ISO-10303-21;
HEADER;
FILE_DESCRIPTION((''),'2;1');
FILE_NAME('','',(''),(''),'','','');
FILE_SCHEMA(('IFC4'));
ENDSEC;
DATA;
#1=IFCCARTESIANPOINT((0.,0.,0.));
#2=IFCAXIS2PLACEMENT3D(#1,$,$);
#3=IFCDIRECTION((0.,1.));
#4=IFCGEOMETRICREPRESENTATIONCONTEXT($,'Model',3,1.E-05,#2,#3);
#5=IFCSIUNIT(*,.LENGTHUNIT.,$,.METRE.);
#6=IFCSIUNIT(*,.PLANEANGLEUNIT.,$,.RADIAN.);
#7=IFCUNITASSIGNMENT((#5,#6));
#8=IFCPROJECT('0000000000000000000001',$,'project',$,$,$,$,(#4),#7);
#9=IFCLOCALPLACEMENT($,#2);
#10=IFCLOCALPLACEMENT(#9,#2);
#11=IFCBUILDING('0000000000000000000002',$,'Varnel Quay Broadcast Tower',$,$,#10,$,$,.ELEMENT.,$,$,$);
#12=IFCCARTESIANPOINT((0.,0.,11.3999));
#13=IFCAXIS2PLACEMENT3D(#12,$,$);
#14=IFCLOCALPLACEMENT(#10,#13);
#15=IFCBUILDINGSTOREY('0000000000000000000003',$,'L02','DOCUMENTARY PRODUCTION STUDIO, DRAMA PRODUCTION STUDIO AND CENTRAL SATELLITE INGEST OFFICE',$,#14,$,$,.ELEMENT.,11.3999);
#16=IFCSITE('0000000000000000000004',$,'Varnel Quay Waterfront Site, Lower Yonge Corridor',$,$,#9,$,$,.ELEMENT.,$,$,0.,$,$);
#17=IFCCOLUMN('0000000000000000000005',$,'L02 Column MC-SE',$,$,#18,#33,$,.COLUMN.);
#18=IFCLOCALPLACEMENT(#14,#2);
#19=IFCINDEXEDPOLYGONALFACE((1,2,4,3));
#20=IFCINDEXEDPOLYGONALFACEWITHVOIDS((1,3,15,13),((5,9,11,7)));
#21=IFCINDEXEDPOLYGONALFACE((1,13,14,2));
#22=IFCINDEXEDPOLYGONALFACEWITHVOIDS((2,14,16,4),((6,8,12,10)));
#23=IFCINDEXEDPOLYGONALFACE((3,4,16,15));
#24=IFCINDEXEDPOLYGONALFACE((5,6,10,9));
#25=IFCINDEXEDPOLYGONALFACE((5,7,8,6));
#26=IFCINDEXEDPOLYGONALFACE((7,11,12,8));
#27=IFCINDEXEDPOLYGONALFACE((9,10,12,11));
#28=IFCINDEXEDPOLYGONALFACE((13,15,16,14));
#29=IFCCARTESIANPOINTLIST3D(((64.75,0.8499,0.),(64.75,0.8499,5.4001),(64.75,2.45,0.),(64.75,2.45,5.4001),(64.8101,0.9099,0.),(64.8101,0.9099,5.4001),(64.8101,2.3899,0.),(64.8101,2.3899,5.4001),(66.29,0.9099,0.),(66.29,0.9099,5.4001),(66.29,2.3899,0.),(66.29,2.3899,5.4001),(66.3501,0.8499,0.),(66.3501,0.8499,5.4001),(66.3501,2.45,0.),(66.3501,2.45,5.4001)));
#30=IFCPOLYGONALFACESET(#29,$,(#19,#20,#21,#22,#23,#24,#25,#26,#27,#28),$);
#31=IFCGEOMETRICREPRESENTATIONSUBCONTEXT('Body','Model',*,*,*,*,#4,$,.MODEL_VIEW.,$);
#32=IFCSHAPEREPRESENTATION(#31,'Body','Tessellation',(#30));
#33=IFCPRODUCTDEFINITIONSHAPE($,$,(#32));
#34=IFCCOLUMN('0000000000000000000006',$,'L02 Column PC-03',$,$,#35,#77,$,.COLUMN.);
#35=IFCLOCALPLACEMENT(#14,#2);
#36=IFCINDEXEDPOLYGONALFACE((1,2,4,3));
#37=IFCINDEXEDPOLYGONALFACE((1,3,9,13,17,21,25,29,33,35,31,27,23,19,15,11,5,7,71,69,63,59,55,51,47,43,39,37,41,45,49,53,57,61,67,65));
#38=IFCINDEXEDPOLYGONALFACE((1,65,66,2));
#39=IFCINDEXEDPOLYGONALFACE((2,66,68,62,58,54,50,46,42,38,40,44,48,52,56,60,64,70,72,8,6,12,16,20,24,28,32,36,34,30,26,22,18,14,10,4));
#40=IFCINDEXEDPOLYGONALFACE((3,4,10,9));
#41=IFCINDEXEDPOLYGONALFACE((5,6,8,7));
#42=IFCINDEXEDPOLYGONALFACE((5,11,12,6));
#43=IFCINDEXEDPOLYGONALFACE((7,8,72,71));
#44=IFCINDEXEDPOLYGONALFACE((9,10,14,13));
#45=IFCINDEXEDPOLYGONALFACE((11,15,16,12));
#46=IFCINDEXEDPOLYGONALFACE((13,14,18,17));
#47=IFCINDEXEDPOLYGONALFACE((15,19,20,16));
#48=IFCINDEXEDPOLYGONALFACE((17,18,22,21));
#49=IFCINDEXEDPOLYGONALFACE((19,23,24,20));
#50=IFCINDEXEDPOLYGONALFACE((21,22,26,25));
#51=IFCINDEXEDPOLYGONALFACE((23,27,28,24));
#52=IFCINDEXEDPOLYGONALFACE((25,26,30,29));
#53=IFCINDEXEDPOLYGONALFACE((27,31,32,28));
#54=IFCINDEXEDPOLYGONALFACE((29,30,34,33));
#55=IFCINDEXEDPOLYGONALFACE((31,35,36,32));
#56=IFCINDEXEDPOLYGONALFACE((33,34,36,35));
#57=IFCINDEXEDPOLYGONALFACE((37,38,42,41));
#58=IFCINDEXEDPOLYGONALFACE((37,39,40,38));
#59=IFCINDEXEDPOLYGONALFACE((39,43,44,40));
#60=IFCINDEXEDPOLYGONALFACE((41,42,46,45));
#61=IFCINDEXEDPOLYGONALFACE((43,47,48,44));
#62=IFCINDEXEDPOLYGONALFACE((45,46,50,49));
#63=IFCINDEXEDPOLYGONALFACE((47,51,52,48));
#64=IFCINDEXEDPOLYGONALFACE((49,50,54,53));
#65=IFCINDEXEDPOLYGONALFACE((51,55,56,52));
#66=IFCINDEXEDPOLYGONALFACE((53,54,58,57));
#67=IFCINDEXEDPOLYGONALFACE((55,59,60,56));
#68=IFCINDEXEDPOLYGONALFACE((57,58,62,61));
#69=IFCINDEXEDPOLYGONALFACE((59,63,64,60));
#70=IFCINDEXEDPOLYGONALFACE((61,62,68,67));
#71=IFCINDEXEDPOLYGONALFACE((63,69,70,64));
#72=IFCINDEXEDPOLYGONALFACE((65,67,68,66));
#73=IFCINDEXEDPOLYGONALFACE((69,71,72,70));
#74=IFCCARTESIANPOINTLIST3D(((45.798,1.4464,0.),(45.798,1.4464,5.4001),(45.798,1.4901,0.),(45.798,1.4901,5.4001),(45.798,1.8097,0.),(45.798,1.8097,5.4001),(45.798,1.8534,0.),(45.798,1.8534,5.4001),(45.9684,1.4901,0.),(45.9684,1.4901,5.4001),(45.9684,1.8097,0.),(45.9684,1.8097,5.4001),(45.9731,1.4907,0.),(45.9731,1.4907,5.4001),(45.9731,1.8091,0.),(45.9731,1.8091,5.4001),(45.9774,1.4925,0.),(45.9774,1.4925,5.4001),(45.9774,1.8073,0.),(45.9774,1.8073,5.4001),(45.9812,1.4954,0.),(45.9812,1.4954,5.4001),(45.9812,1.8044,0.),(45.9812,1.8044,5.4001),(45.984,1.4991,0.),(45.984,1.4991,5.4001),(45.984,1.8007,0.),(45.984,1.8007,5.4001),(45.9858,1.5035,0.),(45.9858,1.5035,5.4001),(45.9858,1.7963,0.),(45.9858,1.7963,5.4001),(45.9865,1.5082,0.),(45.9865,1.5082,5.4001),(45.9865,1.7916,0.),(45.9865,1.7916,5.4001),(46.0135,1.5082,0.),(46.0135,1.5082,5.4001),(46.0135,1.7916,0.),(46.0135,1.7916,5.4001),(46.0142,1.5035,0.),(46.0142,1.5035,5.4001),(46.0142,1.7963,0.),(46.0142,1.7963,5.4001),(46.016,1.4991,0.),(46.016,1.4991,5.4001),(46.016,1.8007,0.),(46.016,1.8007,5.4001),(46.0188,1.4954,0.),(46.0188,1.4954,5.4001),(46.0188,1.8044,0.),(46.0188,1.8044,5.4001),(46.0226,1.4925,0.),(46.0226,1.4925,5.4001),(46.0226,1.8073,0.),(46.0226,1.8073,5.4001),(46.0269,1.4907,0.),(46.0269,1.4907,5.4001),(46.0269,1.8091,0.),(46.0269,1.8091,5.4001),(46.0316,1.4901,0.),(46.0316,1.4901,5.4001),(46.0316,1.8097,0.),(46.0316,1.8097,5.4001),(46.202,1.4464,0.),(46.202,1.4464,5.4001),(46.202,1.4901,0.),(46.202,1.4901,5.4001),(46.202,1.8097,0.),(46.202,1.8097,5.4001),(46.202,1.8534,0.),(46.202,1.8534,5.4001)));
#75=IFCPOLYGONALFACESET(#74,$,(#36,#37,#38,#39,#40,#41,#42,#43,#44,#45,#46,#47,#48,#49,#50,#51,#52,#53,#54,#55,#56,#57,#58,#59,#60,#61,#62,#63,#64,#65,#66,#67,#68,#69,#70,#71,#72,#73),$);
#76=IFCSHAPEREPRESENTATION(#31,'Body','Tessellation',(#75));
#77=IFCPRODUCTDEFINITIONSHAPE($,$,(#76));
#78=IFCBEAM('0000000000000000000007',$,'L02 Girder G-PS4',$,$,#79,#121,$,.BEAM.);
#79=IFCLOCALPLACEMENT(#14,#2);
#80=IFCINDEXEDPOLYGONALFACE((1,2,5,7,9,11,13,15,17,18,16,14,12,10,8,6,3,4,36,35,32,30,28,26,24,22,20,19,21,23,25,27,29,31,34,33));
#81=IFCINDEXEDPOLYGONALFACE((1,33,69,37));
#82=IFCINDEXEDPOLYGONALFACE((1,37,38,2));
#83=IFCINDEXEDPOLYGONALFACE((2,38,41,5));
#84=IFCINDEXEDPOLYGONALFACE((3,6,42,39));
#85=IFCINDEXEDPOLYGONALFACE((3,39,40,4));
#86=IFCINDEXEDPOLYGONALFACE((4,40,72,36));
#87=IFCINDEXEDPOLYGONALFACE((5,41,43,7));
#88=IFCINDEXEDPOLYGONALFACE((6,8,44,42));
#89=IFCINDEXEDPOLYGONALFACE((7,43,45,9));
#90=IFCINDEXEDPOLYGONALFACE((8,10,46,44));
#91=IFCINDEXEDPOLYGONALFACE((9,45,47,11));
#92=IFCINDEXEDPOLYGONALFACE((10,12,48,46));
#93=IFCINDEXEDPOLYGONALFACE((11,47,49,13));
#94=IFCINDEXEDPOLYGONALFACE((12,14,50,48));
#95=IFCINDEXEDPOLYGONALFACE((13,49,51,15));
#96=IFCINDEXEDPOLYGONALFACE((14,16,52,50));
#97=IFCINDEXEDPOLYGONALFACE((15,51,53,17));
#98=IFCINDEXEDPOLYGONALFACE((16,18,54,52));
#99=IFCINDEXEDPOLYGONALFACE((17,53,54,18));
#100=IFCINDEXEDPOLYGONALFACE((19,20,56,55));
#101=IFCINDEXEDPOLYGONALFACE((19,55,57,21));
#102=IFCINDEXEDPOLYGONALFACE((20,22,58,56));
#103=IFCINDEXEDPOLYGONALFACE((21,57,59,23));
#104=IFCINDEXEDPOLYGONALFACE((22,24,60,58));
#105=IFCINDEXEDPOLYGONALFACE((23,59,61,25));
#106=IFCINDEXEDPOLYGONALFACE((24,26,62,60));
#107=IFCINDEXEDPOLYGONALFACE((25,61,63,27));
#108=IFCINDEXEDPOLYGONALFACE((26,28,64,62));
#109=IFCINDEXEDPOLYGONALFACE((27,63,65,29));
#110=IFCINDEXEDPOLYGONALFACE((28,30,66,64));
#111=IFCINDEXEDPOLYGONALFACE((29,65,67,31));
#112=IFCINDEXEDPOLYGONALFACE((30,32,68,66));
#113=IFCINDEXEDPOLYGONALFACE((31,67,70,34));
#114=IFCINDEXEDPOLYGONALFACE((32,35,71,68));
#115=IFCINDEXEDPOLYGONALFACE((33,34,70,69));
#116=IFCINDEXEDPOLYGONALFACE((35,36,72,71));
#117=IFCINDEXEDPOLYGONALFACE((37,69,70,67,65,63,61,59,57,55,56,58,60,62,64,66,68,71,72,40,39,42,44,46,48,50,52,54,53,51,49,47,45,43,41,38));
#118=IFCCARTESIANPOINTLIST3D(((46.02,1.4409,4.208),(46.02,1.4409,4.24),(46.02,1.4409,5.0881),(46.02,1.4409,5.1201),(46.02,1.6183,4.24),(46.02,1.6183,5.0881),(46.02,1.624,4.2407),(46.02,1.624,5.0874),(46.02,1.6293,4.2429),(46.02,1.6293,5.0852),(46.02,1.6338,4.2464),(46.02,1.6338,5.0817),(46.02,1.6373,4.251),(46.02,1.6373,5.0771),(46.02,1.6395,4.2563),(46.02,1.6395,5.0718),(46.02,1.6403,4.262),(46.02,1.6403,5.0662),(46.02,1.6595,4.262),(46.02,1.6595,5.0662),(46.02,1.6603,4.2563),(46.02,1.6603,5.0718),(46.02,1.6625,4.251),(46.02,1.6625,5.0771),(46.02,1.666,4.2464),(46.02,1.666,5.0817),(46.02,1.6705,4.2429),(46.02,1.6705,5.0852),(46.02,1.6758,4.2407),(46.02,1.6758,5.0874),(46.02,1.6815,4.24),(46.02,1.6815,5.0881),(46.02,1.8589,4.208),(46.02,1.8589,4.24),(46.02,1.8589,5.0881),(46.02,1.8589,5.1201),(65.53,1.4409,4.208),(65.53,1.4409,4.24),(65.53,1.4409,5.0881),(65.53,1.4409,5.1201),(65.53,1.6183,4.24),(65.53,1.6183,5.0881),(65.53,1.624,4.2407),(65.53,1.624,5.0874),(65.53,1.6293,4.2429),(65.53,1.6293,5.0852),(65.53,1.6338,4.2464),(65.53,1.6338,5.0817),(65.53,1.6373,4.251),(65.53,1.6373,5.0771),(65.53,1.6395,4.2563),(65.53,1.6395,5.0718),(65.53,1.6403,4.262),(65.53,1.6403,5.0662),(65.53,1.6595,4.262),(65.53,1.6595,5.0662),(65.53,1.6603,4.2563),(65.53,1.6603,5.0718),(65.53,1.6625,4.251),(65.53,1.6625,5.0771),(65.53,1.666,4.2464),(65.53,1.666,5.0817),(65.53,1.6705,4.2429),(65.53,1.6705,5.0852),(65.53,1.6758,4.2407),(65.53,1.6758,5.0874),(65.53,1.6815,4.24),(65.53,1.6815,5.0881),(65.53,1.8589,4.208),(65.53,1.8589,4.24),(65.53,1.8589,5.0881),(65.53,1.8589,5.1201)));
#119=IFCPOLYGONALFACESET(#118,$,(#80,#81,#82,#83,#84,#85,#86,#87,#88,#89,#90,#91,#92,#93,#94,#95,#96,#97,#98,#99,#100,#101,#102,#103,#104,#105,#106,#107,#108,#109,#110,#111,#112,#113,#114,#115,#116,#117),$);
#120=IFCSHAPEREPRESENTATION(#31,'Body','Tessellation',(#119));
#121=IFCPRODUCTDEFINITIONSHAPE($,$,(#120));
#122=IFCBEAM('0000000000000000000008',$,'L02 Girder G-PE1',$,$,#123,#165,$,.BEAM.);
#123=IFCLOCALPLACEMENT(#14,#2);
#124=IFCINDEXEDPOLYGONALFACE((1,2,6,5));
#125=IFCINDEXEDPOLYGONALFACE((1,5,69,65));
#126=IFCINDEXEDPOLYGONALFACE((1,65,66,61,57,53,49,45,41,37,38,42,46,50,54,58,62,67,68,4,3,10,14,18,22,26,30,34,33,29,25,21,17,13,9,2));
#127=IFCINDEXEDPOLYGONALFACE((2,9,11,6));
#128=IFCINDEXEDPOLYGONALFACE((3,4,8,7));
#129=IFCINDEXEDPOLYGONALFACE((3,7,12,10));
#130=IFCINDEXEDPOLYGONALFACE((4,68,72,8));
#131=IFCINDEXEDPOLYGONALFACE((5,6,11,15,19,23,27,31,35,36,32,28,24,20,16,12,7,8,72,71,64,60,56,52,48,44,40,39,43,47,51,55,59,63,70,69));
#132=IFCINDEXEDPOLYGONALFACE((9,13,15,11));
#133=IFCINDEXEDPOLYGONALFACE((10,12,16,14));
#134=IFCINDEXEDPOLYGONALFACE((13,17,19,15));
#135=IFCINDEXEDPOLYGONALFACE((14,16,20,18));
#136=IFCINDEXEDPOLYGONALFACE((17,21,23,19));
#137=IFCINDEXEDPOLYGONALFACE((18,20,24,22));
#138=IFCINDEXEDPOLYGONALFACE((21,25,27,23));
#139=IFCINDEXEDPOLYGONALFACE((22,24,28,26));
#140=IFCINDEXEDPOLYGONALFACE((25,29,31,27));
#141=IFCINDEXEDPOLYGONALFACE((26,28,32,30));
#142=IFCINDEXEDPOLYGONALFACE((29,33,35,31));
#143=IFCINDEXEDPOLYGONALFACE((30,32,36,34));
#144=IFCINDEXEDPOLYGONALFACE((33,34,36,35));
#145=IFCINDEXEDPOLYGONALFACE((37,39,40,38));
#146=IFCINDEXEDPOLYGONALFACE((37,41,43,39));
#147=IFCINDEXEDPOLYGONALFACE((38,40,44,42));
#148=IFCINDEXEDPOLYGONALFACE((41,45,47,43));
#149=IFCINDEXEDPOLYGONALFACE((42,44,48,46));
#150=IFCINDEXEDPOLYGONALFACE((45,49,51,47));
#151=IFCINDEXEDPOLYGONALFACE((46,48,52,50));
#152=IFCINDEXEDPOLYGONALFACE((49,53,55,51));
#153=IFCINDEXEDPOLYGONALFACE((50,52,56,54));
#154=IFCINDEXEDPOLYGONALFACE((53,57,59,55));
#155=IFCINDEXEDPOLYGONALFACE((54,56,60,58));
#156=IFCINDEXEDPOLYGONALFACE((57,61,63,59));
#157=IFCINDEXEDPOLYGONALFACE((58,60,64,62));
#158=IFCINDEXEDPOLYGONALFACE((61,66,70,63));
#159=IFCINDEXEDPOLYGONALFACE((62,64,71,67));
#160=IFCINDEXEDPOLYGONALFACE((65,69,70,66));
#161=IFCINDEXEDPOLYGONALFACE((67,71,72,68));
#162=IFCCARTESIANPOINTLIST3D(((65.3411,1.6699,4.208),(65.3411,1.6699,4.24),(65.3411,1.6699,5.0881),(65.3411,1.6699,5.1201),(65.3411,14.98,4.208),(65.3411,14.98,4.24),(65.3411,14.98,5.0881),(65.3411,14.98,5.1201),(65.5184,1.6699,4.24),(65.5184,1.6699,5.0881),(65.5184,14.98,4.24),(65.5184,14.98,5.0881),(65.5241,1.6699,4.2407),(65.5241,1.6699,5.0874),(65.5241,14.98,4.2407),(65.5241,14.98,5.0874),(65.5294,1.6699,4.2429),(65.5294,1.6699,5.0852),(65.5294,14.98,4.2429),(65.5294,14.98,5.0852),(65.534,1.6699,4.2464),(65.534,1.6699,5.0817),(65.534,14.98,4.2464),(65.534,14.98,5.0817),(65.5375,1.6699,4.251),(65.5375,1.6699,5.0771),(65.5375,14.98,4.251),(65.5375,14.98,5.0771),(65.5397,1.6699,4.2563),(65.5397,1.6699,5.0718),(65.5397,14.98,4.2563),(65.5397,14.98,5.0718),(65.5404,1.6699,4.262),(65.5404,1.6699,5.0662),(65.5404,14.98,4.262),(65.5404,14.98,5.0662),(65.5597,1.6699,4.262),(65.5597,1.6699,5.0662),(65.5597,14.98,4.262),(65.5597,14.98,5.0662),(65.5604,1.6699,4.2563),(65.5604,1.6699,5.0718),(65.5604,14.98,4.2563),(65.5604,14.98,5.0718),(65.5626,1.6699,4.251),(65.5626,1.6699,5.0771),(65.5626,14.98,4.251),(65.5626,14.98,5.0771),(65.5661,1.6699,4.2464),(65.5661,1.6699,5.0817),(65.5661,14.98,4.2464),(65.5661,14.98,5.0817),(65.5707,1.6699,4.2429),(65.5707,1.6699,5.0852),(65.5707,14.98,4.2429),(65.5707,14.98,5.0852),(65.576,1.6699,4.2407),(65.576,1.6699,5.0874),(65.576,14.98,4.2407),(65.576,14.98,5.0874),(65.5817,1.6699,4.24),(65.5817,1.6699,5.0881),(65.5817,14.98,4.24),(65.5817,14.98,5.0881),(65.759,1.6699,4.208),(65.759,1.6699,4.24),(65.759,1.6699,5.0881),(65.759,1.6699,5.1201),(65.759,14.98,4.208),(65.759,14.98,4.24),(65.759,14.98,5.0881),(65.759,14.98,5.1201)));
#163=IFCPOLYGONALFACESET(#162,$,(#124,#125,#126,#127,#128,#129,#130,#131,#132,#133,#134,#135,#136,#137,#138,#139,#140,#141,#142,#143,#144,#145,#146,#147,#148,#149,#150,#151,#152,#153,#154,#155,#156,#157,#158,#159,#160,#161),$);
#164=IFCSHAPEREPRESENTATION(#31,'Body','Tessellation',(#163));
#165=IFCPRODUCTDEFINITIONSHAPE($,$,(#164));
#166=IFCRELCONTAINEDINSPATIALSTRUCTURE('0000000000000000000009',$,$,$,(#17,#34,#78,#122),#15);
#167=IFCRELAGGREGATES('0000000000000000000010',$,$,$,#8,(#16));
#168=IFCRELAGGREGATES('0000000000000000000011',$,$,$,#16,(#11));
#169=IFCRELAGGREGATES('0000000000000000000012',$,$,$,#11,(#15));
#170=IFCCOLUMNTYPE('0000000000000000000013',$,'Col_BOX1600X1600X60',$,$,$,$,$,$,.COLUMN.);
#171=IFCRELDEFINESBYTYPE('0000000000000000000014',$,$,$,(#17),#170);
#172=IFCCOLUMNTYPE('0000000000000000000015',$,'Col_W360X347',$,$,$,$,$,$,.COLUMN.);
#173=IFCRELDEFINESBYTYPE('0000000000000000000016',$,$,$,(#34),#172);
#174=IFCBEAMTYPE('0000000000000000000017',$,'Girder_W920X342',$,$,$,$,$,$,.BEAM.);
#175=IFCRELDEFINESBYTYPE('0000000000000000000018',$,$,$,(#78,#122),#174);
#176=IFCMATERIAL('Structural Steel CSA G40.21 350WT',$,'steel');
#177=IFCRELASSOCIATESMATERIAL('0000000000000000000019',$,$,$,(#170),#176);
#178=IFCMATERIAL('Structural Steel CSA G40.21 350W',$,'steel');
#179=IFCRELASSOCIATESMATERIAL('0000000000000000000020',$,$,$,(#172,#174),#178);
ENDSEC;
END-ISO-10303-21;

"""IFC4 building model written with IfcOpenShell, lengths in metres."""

from ifc_helpers import new_model, si_unit, direction, frame, origin, origin_2d, place, context, subcontext, project, spatial, hollow_rectangle, i_section, extrude, source, transform, mapped, material, material_profile, profile_set, type_object, type_shapes, element, save


model = new_model("IFC4")

# Units and contexts
model_context = context("Model", 3, precision=1e-05, world=origin(), true_north=direction((0.0, 1.0)))
body_context = subcontext(model_context, "Body", "Model", "MODEL_VIEW")
ifc_project = project(units=[si_unit("LENGTHUNIT", "METRE"), si_unit("PLANEANGLEUNIT", "RADIAN")], contexts=[model_context])

# Site, building, storey
site_placement = place(None, origin())
site = spatial("IfcSite", under=ifc_project, at=site_placement, Name="Varnel Quay Waterfront Site, Lower Yonge Corridor", CompositionType="ELEMENT", RefElevation=0.0)
building_placement = place(site_placement, origin())
building = spatial("IfcBuilding", under=site, at=building_placement, Name="Varnel Quay Broadcast Tower", CompositionType="ELEMENT")
storey_placement = place(building_placement, frame((0.0, 0.0, 11.3999)))
storey = spatial("IfcBuildingStorey", under=building, at=storey_placement, Name="L02", Description="DOCUMENTARY PRODUCTION STUDIO, DRAMA PRODUCTION STUDIO AND CENTRAL SATELLITE INGEST OFFICE", CompositionType="ELEMENT", Elevation=11.3999)

# Columns
ifc_material_1 = material(Name="Structural Steel CSA G40.21 350WT", Category="steel")
ifc_material_profile_1 = material_profile(ifc_material_1, hollow_rectangle(XDim=1.6001, YDim=1.6001, WallThickness=0.0601, at=origin_2d()), Name="BOX1600X1600X60")
ifc_profile_set_1 = profile_set([ifc_material_profile_1], Name="Structural Steel CSA G40.21 350WT")
column_type_1 = type_object("IfcColumnType", Name="Col_BOX1600X1600X60", PredefinedType="COLUMN", material=ifc_profile_set_1)
shared_shape_1 = source(origin(), body_context, "Body", "SweptSolid", [
    extrude(hollow_rectangle(XDim=1.6001, YDim=1.6001, WallThickness=0.0601, at=origin_2d()), origin(), (0.0, 0.0, 1.0), 5.4001),
])
type_shapes(column_type_1, [shared_shape_1])
column_1_placement = place(storey_placement, frame((65.55, 1.6499, 0.0), z_axis=(0.0, 0.0, 1.0), x_axis=(1.0, 0.0, 0.0)))
element("IfcColumn", 1, at=column_1_placement, inside=storey, type_object=column_type_1, Name="L02 Column MC-SE", PredefinedType="COLUMN", context=body_context, shape_type="MappedRepresentation", body=[
    mapped(shared_shape_1, transform((0.0, 0.0, 0.0), x_axis=(1.0, 0.0, 0.0), y_axis=(0.0, 1.0, 0.0), z_axis=(0.0, 0.0, 1.0), scale=1.0)),
])
ifc_material_2 = material(Name="Structural Steel CSA G40.21 350W", Category="steel")
ifc_material_profile_2 = material_profile(ifc_material_2, i_section(OverallWidth=0.4041, OverallDepth=0.407, WebThickness=0.0271, FlangeThickness=0.0437, FilletRadius=0.0181, at=origin_2d()), Name="W360X347")
ifc_profile_set_2 = profile_set([ifc_material_profile_2], Name="Structural Steel CSA G40.21 350W")
column_type_2 = type_object("IfcColumnType", Name="Col_W360X347", PredefinedType="COLUMN", material=ifc_profile_set_2)
shared_shape_2 = source(origin(), body_context, "Body", "SweptSolid", [
    extrude(i_section(OverallWidth=0.4041, OverallDepth=0.407, WebThickness=0.0271, FlangeThickness=0.0437, FilletRadius=0.0181, at=origin_2d()), origin(), (0.0, 0.0, 1.0), 5.4001),
])
type_shapes(column_type_2, [shared_shape_2])
column_2_placement = place(storey_placement, frame((46.0, 1.6499, 0.0), z_axis=(0.0, 0.0, 1.0), x_axis=(1.0, 0.0, 0.0)))
element("IfcColumn", 2, at=column_2_placement, inside=storey, type_object=column_type_2, Name="L02 Column PC-03", PredefinedType="COLUMN", context=body_context, shape_type="MappedRepresentation", body=[
    mapped(shared_shape_2, transform((0.0, 0.0, 0.0), x_axis=(1.0, 0.0, 0.0), y_axis=(0.0, 1.0, 0.0), z_axis=(0.0, 0.0, 1.0), scale=1.0)),
])

# Beams
ifc_material_profile_3 = material_profile(ifc_material_2, i_section(OverallWidth=0.418, OverallDepth=0.9121, WebThickness=0.0193, FlangeThickness=0.032, FilletRadius=0.022, at=origin_2d()), Name="W920X342")
ifc_profile_set_3 = profile_set([ifc_material_profile_3], Name="Structural Steel CSA G40.21 350W")
beam_type = type_object("IfcBeamType", Name="Girder_W920X342", PredefinedType="BEAM", material=ifc_profile_set_3)
shared_shape_3 = source(origin(), body_context, "Body", "SweptSolid", [
    extrude(i_section(OverallWidth=0.418, OverallDepth=0.9121, WebThickness=0.0193, FlangeThickness=0.032, FilletRadius=0.022, at=origin_2d()), origin(), (0.0, 0.0, 1.0), 19.51),
])
beam_1_placement = place(storey_placement, frame((46.02, 1.6499, 4.6641), z_axis=(1.0, 0.0, 0.0), x_axis=(0.0, 1.0, 0.0)))
element("IfcBeam", 3, at=beam_1_placement, inside=storey, type_object=beam_type, Name="L02 Girder G-PS4", PredefinedType="BEAM", context=body_context, shape_type="MappedRepresentation", body=[
    mapped(shared_shape_3, transform((0.0, 0.0, 0.0), x_axis=(1.0, 0.0, 0.0), y_axis=(0.0, 1.0, 0.0), z_axis=(0.0, 0.0, 1.0), scale=1.0)),
])
shared_shape_4 = source(origin(), body_context, "Body", "SweptSolid", [
    extrude(i_section(OverallWidth=0.418, OverallDepth=0.9121, WebThickness=0.0193, FlangeThickness=0.032, FilletRadius=0.022, at=origin_2d()), origin(), (0.0, 0.0, 1.0), 13.3101),
])
beam_2_placement = place(storey_placement, frame((65.55, 1.6699, 4.6641), z_axis=(0.0, 1.0, 0.0), x_axis=(-1.0, 0.0, 0.0)))
element("IfcBeam", 4, at=beam_2_placement, inside=storey, type_object=beam_type, Name="L02 Girder G-PE1", PredefinedType="BEAM", context=body_context, shape_type="MappedRepresentation", body=[
    mapped(shared_shape_4, transform((0.0, 0.0, 0.0), x_axis=(1.0, 0.0, 0.0), y_axis=(0.0, 1.0, 0.0), z_axis=(0.0, 0.0, 1.0), scale=1.0)),
])

save(model, "model.ifc")
